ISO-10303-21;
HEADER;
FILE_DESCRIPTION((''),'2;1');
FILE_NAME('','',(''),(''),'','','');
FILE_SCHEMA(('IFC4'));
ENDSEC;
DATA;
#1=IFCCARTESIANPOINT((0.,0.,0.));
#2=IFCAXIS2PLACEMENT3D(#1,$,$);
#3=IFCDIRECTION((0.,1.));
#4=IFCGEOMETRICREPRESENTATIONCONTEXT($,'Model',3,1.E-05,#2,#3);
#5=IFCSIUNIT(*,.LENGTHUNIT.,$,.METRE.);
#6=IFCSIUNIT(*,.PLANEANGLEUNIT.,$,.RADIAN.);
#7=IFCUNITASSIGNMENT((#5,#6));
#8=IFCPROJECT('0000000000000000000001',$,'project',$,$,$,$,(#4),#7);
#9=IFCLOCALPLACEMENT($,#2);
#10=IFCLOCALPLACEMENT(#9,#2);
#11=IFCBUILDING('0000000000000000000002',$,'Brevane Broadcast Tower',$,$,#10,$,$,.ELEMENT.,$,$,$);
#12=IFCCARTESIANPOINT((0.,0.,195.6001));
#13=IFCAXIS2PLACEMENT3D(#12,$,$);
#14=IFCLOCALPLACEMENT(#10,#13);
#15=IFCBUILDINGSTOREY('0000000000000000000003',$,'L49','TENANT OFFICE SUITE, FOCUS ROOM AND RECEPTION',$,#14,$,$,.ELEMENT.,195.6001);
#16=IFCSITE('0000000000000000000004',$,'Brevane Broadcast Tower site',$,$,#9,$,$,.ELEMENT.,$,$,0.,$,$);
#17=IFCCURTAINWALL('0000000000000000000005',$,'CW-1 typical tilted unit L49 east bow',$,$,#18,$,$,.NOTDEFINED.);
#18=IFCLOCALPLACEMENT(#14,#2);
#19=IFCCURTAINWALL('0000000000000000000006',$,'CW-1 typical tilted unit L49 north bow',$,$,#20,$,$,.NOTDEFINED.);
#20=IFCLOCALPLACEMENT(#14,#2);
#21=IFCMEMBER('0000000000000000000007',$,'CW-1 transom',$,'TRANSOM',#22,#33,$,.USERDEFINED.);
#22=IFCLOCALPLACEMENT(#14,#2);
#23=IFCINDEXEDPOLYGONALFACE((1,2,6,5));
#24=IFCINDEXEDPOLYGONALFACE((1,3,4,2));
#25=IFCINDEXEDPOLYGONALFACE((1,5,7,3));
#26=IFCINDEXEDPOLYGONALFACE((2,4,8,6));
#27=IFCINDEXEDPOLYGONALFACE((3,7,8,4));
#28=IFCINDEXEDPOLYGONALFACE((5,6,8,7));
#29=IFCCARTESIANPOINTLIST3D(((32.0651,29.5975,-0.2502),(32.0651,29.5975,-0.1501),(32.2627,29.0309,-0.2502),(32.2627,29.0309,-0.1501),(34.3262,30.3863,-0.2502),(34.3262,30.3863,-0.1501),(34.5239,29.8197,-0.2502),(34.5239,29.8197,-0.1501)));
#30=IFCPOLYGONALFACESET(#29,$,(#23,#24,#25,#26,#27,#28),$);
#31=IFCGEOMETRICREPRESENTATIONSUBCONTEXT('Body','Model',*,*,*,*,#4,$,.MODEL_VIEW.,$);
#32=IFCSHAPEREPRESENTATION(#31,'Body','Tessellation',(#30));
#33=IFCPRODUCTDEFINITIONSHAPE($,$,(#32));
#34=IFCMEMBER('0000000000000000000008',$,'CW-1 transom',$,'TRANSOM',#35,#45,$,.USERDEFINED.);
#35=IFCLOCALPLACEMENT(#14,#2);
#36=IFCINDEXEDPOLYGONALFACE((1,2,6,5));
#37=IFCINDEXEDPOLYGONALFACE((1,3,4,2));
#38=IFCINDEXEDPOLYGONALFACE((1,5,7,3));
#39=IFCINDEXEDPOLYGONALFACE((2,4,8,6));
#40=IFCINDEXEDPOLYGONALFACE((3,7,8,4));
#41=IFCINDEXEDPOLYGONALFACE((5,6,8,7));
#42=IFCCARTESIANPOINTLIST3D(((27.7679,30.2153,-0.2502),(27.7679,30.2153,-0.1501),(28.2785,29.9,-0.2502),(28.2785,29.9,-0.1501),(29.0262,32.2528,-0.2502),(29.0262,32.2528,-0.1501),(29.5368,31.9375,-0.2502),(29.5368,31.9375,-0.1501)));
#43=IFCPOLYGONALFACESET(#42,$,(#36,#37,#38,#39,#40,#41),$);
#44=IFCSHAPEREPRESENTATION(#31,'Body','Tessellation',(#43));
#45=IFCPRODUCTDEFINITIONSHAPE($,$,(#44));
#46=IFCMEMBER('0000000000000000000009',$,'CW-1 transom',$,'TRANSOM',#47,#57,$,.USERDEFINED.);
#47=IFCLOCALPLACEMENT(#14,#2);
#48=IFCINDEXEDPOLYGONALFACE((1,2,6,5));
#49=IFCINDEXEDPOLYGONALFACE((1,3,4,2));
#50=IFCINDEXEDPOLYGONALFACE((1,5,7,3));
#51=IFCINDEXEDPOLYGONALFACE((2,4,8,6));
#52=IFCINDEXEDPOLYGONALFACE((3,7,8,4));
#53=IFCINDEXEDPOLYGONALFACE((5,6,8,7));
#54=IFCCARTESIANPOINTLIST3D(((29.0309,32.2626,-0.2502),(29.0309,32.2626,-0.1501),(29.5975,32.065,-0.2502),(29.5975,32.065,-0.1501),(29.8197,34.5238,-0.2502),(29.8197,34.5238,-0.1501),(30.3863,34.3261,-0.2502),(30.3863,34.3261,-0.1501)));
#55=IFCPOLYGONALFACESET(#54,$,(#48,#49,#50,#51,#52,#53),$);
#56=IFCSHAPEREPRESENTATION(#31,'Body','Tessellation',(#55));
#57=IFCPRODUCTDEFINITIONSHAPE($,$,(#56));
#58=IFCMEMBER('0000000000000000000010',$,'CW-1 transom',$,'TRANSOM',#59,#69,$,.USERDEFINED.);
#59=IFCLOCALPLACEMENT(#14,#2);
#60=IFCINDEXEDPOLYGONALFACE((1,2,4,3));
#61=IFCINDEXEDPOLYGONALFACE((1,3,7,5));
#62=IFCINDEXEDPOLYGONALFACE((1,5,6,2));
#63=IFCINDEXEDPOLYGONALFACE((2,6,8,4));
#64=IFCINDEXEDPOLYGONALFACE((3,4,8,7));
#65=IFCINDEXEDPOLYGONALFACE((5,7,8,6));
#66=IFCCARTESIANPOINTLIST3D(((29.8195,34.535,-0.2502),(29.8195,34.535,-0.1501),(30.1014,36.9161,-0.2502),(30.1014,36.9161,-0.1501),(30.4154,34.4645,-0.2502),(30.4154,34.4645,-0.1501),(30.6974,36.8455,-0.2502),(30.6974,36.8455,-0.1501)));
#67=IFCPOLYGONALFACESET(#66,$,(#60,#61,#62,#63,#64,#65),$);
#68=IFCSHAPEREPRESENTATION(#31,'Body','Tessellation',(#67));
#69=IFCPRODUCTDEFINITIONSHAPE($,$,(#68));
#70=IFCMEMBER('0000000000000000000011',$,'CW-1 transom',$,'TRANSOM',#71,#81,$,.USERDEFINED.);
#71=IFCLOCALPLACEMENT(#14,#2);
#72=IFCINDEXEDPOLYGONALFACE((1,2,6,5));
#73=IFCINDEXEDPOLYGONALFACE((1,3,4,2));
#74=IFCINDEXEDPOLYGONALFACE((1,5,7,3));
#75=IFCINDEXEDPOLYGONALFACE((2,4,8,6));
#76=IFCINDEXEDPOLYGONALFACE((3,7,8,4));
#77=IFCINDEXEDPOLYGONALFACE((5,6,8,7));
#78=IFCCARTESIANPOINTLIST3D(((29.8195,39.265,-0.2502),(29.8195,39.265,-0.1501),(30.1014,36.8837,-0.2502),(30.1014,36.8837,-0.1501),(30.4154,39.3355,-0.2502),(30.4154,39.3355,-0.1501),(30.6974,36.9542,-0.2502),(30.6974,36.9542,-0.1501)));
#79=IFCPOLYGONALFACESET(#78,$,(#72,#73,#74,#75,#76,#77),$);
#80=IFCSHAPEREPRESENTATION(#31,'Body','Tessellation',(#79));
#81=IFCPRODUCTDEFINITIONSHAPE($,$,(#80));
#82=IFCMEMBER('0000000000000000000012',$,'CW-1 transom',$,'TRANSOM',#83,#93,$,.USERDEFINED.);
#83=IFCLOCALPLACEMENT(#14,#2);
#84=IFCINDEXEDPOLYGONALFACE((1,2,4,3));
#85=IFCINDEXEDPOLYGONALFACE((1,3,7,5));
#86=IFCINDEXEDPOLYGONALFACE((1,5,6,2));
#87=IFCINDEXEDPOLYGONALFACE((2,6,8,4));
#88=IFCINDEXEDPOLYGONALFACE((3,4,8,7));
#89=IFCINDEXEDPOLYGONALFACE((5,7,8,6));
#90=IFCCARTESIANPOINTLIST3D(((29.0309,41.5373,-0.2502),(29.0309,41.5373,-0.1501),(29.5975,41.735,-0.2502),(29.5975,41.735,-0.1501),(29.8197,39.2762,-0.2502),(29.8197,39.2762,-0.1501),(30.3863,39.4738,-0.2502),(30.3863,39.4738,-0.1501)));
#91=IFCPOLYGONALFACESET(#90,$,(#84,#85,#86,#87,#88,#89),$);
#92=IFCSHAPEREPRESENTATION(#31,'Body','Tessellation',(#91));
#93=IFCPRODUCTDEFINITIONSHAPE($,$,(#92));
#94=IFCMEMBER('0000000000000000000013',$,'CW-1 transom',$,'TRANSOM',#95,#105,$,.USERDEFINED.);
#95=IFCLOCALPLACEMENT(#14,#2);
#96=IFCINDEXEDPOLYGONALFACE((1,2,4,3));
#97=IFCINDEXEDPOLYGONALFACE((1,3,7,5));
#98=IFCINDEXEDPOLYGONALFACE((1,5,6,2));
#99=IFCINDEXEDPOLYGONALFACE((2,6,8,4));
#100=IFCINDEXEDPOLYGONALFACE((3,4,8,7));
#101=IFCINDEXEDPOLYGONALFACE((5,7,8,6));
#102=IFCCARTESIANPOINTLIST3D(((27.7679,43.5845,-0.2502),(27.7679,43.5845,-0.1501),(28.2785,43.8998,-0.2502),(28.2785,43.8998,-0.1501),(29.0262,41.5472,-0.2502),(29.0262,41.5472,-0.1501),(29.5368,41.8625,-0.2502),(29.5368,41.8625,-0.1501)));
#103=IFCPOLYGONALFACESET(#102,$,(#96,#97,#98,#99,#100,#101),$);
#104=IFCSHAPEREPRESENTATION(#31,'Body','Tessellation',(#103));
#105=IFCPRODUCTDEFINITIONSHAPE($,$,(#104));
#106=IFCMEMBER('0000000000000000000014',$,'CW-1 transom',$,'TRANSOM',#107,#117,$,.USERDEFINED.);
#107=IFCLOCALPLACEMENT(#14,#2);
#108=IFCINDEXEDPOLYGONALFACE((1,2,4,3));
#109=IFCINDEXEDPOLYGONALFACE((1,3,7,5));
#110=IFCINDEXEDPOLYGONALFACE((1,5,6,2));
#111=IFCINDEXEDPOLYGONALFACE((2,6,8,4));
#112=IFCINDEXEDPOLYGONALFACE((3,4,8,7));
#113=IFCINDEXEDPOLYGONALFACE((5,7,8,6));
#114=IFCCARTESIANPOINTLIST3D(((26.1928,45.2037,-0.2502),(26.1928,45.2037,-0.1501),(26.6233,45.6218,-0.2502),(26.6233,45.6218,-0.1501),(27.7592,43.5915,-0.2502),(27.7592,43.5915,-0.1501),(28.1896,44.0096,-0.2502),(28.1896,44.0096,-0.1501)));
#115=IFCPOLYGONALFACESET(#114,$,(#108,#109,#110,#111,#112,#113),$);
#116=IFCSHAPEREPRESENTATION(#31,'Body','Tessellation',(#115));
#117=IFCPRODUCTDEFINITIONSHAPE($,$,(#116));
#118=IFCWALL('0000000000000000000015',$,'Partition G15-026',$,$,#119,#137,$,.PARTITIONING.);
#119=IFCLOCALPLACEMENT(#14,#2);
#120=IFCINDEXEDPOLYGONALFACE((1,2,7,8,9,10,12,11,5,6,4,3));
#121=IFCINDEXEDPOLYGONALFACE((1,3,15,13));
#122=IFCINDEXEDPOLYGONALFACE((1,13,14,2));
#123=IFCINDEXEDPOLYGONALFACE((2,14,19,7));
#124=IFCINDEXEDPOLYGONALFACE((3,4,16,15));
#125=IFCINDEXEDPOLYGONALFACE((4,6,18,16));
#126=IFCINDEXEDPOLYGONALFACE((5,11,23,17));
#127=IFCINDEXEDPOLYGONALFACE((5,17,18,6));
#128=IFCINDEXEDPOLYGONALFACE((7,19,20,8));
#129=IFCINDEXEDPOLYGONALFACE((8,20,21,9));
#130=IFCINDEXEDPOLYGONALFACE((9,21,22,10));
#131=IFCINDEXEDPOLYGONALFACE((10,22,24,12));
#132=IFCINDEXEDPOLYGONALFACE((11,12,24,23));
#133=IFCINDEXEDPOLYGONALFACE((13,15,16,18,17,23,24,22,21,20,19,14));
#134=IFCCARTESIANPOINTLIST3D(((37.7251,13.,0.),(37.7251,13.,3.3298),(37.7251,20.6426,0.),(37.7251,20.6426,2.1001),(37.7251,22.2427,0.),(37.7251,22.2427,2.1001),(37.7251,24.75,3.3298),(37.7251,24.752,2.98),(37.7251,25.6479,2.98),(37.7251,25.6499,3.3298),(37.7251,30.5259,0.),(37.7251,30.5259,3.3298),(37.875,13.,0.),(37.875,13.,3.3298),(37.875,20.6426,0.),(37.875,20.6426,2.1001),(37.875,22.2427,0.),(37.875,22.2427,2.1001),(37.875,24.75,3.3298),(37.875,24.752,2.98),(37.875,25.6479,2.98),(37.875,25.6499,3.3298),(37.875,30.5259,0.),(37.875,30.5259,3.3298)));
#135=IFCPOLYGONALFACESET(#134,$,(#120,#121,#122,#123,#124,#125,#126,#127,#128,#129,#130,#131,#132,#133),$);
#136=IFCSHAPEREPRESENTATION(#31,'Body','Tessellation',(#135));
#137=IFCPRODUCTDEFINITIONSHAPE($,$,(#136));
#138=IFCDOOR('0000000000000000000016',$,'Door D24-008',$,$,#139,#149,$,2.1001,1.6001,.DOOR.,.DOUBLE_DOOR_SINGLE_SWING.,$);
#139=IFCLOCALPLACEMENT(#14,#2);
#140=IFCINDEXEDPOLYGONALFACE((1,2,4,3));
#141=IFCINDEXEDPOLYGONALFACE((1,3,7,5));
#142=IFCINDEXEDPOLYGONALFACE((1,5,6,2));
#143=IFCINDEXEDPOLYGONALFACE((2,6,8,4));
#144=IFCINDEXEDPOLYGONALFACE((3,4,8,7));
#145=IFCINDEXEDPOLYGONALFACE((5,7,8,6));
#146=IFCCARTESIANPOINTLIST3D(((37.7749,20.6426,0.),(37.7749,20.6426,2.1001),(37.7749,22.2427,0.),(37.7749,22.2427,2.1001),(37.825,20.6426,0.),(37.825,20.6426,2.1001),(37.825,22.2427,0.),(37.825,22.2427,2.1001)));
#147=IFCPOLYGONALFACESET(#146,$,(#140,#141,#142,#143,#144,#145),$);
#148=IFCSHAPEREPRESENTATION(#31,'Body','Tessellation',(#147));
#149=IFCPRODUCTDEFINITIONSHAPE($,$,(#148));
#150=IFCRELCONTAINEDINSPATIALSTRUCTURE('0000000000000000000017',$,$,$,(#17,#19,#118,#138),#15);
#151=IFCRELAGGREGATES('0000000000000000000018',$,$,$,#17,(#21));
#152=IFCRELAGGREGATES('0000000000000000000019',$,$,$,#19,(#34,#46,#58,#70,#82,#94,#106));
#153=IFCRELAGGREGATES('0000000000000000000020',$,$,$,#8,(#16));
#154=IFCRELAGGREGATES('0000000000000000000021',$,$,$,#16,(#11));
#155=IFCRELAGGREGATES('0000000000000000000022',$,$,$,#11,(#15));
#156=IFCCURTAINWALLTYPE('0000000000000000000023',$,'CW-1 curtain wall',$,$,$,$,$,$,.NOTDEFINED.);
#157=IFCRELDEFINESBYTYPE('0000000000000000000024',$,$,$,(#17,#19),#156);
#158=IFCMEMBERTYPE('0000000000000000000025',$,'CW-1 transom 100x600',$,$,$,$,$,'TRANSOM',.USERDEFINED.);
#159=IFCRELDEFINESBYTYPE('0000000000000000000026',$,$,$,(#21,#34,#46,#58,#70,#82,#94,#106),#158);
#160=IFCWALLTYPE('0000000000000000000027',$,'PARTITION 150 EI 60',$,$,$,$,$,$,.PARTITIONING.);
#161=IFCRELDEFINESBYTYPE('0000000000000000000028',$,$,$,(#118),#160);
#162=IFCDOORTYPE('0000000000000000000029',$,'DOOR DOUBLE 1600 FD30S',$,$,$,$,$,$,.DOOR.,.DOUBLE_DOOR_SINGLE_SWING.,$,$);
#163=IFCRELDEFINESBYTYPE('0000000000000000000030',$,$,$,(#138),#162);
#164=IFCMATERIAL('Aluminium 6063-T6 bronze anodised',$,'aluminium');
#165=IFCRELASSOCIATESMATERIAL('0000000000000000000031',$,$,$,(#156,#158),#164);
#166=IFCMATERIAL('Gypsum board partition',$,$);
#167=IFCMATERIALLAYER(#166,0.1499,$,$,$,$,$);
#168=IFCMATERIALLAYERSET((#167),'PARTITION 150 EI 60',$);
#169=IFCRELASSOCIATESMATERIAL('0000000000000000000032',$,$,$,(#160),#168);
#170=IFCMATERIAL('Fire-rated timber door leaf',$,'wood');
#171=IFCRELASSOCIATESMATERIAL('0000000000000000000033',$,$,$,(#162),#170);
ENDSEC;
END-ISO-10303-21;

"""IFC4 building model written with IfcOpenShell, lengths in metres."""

from ifc_helpers import new_model, si_unit, direction, frame, frame_2d, origin, origin_2d, place, context, subcontext, project, spatial, polyline, rectangle, outline, extrude, material, layer, layer_set, material_profile, profile_set, type_object, element, fill, aggregate, save


model = new_model("IFC4")

# Units and contexts
model_context = context("Model", 3, precision=1e-05, world=origin(), true_north=direction((0.0, 1.0)))
body_context = subcontext(model_context, "Body", "Model", "MODEL_VIEW")
ifc_project = project(units=[si_unit("LENGTHUNIT", "METRE"), si_unit("PLANEANGLEUNIT", "RADIAN")], contexts=[model_context])

# Site, building, storey
site_placement = place(None, origin())
site = spatial("IfcSite", under=ifc_project, at=site_placement, Name="Brevane Broadcast Tower site", CompositionType="ELEMENT", RefElevation=0.0)
building_placement = place(site_placement, origin())
building = spatial("IfcBuilding", under=site, at=building_placement, Name="Brevane Broadcast Tower", CompositionType="ELEMENT")
storey_placement = place(building_placement, frame((0.0, 0.0, 195.6001)))
storey = spatial("IfcBuildingStorey", under=building, at=storey_placement, Name="L49", Description="TENANT OFFICE SUITE, FOCUS ROOM AND RECEPTION", CompositionType="ELEMENT", Elevation=195.6001)

# Curtain walls
ifc_material_1 = material(Name="Aluminium 6063-T6 bronze anodised", Category="aluminium")
curtain_wall_type = type_object("IfcCurtainWallType", Name="CW-1 curtain wall", PredefinedType="NOTDEFINED", material=ifc_material_1)
curtain_wall_1_placement = place(storey_placement, origin())
curtain_wall_1 = element("IfcCurtainWall", 1, at=curtain_wall_1_placement, inside=storey, type_object=curtain_wall_type, Name="CW-1 typical tilted unit L49 east bow", PredefinedType="NOTDEFINED")
curtain_wall_2_placement = place(storey_placement, origin())
curtain_wall_2 = element("IfcCurtainWall", 2, at=curtain_wall_2_placement, inside=storey, type_object=curtain_wall_type, Name="CW-1 typical tilted unit L49 north bow", PredefinedType="NOTDEFINED")

# Members
ifc_material_profile_1 = material_profile(ifc_material_1, rectangle(XDim=0.6001, YDim=0.1001, at=origin_2d()), Name="RECT 100x600")
ifc_profile_set_1 = profile_set([ifc_material_profile_1], Name="Aluminium 6063-T6 bronze anodised")
member_type_1 = type_object("IfcMemberType", Name="CW-1 transom 100x600", ElementType="TRANSOM", PredefinedType="USERDEFINED", material=ifc_profile_set_1)
member_1_placement = place(storey_placement, frame((34.425, 30.103, -0.2002), z_axis=(-0.944198, -0.329378, 0.0), x_axis=(0.329378, -0.944198, 0.0)))
member_1 = element("IfcMember", 3, at=member_1_placement, type_object=member_type_1, Name="CW-1 transom", ObjectType="TRANSOM", PredefinedType="USERDEFINED", context=body_context, shape_type="SweptSolid", body=[
    extrude(rectangle(XDim=0.6001, YDim=0.1001, at=origin_2d()), origin(), (0.0, 0.0, 1.0), 2.3948),
])
aggregate(curtain_wall_1, [member_1])
member_2_placement = place(storey_placement, frame((28.0232, 30.0576, -0.2002), z_axis=(0.525428, 0.850838, 0.0), x_axis=(-0.850838, 0.525428, 0.0)))
member_2 = element("IfcMember", 4, at=member_2_placement, type_object=member_type_1, Name="CW-1 transom", ObjectType="TRANSOM", PredefinedType="USERDEFINED", context=body_context, shape_type="SweptSolid", body=[
    extrude(rectangle(XDim=0.6001, YDim=0.1001, at=origin_2d()), origin(), (0.0, 0.0, 1.0), 2.3948),
])
member_3_placement = place(storey_placement, frame((29.3142, 32.1638, -0.2002), z_axis=(0.329378, 0.944198, 0.0), x_axis=(-0.944198, 0.329378, 0.0)))
member_3 = element("IfcMember", 5, at=member_3_placement, type_object=member_type_1, Name="CW-1 transom", ObjectType="TRANSOM", PredefinedType="USERDEFINED", context=body_context, shape_type="SweptSolid", body=[
    extrude(rectangle(XDim=0.6001, YDim=0.1001, at=origin_2d()), origin(), (0.0, 0.0, 1.0), 2.3948),
])
member_4_placement = place(storey_placement, frame((30.1174, 34.4998, -0.2002), z_axis=(0.117603, 0.993061, 0.0), x_axis=(-0.993061, 0.117603, 0.0)))
member_4 = element("IfcMember", 6, at=member_4_placement, type_object=member_type_1, Name="CW-1 transom", ObjectType="TRANSOM", PredefinedType="USERDEFINED", context=body_context, shape_type="SweptSolid", body=[
    extrude(rectangle(XDim=0.6001, YDim=0.1001, at=origin_2d()), origin(), (0.0, 0.0, 1.0), 2.3977),
])
member_5_placement = place(storey_placement, frame((30.3994, 36.9189, -0.2002), z_axis=(-0.117591, 0.993062, 0.0), x_axis=(-0.993062, -0.117591, 0.0)))
member_5 = element("IfcMember", 7, at=member_5_placement, type_object=member_type_1, Name="CW-1 transom", ObjectType="TRANSOM", PredefinedType="USERDEFINED", context=body_context, shape_type="SweptSolid", body=[
    extrude(rectangle(XDim=0.6001, YDim=0.1001, at=origin_2d()), origin(), (0.0, 0.0, 1.0), 2.3979),
])
member_6_placement = place(storey_placement, frame((30.103, 39.375, -0.2002), z_axis=(-0.329378, 0.944198, 0.0), x_axis=(-0.944198, -0.329378, 0.0)))
member_6 = element("IfcMember", 8, at=member_6_placement, type_object=member_type_1, Name="CW-1 transom", ObjectType="TRANSOM", PredefinedType="USERDEFINED", context=body_context, shape_type="SweptSolid", body=[
    extrude(rectangle(XDim=0.6001, YDim=0.1001, at=origin_2d()), origin(), (0.0, 0.0, 1.0), 2.3948),
])
member_7_placement = place(storey_placement, frame((29.2815, 41.7048, -0.2002), z_axis=(-0.525473, 0.85081, 0.0), x_axis=(-0.85081, -0.525473, 0.0)))
member_7 = element("IfcMember", 9, at=member_7_placement, type_object=member_type_1, Name="CW-1 transom", ObjectType="TRANSOM", PredefinedType="USERDEFINED", context=body_context, shape_type="SweptSolid", body=[
    extrude(rectangle(XDim=0.6001, YDim=0.1001, at=origin_2d()), origin(), (0.0, 0.0, 1.0), 2.3945),
])
member_8_placement = place(storey_placement, frame((27.9744, 43.8005, -0.2002), z_axis=(-0.696824, 0.717242, 0.0), x_axis=(-0.717242, -0.696824, 0.0)))
member_8 = element("IfcMember", 10, at=member_8_placement, type_object=member_type_1, Name="CW-1 transom", ObjectType="TRANSOM", PredefinedType="USERDEFINED", context=body_context, shape_type="SweptSolid", body=[
    extrude(rectangle(XDim=0.6001, YDim=0.1001, at=origin_2d()), origin(), (0.0, 0.0, 1.0), 2.2478),
])
aggregate(curtain_wall_2, [member_2, member_3, member_4, member_5, member_6, member_7, member_8])

# Wall, opening, door
ifc_material_2 = material(Name="Gypsum board partition")
ifc_layer = layer(ifc_material_2, 0.1499)
ifc_layer_set = layer_set([ifc_layer], Name="PARTITION 150 EI 60")
wall_type = type_object("IfcWallType", Name="PARTITION 150 EI 60", PredefinedType="PARTITIONING", material=ifc_layer_set)
wall_placement = place(storey_placement, frame((37.8, 30.5259, 0.0), z_axis=(0.0, 0.0, 1.0), x_axis=(0.0, -1.0, 0.0)))
wall = element("IfcWall", 11, at=wall_placement, inside=storey, type_object=wall_type, Name="Partition G15-026", PredefinedType="PARTITIONING", context=body_context, shape_type="SweptSolid", body=[
    extrude(outline(polyline([(0.0, 0.0), (17.5259, 0.0), (17.5259, 3.3298), (5.7759, 3.3298), (5.7739, 2.98), (4.8779, 2.98), (4.876, 3.3298), (0.2832, 3.3298), (0.0, 3.3298), (0.0, 0.0)])), frame((0.0, 0.075, 0.0), z_axis=(0.0, -1.0, 0.0), x_axis=(1.0, 0.0, 0.0)), (0.0, 0.0, 1.0), 0.1499),
])
opening_placement = place(wall_placement, frame((8.2832, 0.0, 0.0)))
opening = element("IfcOpeningElement", 12, at=opening_placement, cuts=wall, PredefinedType="OPENING", context=body_context, shape_type="SweptSolid", body=[
    extrude(rectangle(XDim=1.6001, YDim=2.1001, at=frame_2d((0.8, 1.05))), frame((0.0, 0.085, 0.0), z_axis=(0.0, -1.0, 0.0), x_axis=(1.0, 0.0, 0.0)), (0.0, 0.0, 1.0), 0.1699),
])
ifc_material_3 = material(Name="Fire-rated timber door leaf", Category="wood")
door_type = type_object("IfcDoorType", Name="DOOR DOUBLE 1600 FD30S", OperationType="DOUBLE_DOOR_SINGLE_SWING", PredefinedType="DOOR", material=ifc_material_3)
door_placement = place(opening_placement, origin())
door = element("IfcDoor", 13, at=door_placement, inside=storey, type_object=door_type, Name="Door D24-008", OperationType="DOUBLE_DOOR_SINGLE_SWING", OverallHeight=2.1001, OverallWidth=1.6001, PredefinedType="DOOR", context=body_context, shape_type="SweptSolid", body=[
    extrude(rectangle(XDim=1.6001, YDim=2.1001, at=frame_2d((0.8, 1.05))), frame((0.0, 0.0249, 0.0), z_axis=(0.0, -1.0, 0.0), x_axis=(1.0, 0.0, 0.0)), (0.0, 0.0, 1.0), 0.05),
])
fill(opening, door)

save(model, "model.ifc")
